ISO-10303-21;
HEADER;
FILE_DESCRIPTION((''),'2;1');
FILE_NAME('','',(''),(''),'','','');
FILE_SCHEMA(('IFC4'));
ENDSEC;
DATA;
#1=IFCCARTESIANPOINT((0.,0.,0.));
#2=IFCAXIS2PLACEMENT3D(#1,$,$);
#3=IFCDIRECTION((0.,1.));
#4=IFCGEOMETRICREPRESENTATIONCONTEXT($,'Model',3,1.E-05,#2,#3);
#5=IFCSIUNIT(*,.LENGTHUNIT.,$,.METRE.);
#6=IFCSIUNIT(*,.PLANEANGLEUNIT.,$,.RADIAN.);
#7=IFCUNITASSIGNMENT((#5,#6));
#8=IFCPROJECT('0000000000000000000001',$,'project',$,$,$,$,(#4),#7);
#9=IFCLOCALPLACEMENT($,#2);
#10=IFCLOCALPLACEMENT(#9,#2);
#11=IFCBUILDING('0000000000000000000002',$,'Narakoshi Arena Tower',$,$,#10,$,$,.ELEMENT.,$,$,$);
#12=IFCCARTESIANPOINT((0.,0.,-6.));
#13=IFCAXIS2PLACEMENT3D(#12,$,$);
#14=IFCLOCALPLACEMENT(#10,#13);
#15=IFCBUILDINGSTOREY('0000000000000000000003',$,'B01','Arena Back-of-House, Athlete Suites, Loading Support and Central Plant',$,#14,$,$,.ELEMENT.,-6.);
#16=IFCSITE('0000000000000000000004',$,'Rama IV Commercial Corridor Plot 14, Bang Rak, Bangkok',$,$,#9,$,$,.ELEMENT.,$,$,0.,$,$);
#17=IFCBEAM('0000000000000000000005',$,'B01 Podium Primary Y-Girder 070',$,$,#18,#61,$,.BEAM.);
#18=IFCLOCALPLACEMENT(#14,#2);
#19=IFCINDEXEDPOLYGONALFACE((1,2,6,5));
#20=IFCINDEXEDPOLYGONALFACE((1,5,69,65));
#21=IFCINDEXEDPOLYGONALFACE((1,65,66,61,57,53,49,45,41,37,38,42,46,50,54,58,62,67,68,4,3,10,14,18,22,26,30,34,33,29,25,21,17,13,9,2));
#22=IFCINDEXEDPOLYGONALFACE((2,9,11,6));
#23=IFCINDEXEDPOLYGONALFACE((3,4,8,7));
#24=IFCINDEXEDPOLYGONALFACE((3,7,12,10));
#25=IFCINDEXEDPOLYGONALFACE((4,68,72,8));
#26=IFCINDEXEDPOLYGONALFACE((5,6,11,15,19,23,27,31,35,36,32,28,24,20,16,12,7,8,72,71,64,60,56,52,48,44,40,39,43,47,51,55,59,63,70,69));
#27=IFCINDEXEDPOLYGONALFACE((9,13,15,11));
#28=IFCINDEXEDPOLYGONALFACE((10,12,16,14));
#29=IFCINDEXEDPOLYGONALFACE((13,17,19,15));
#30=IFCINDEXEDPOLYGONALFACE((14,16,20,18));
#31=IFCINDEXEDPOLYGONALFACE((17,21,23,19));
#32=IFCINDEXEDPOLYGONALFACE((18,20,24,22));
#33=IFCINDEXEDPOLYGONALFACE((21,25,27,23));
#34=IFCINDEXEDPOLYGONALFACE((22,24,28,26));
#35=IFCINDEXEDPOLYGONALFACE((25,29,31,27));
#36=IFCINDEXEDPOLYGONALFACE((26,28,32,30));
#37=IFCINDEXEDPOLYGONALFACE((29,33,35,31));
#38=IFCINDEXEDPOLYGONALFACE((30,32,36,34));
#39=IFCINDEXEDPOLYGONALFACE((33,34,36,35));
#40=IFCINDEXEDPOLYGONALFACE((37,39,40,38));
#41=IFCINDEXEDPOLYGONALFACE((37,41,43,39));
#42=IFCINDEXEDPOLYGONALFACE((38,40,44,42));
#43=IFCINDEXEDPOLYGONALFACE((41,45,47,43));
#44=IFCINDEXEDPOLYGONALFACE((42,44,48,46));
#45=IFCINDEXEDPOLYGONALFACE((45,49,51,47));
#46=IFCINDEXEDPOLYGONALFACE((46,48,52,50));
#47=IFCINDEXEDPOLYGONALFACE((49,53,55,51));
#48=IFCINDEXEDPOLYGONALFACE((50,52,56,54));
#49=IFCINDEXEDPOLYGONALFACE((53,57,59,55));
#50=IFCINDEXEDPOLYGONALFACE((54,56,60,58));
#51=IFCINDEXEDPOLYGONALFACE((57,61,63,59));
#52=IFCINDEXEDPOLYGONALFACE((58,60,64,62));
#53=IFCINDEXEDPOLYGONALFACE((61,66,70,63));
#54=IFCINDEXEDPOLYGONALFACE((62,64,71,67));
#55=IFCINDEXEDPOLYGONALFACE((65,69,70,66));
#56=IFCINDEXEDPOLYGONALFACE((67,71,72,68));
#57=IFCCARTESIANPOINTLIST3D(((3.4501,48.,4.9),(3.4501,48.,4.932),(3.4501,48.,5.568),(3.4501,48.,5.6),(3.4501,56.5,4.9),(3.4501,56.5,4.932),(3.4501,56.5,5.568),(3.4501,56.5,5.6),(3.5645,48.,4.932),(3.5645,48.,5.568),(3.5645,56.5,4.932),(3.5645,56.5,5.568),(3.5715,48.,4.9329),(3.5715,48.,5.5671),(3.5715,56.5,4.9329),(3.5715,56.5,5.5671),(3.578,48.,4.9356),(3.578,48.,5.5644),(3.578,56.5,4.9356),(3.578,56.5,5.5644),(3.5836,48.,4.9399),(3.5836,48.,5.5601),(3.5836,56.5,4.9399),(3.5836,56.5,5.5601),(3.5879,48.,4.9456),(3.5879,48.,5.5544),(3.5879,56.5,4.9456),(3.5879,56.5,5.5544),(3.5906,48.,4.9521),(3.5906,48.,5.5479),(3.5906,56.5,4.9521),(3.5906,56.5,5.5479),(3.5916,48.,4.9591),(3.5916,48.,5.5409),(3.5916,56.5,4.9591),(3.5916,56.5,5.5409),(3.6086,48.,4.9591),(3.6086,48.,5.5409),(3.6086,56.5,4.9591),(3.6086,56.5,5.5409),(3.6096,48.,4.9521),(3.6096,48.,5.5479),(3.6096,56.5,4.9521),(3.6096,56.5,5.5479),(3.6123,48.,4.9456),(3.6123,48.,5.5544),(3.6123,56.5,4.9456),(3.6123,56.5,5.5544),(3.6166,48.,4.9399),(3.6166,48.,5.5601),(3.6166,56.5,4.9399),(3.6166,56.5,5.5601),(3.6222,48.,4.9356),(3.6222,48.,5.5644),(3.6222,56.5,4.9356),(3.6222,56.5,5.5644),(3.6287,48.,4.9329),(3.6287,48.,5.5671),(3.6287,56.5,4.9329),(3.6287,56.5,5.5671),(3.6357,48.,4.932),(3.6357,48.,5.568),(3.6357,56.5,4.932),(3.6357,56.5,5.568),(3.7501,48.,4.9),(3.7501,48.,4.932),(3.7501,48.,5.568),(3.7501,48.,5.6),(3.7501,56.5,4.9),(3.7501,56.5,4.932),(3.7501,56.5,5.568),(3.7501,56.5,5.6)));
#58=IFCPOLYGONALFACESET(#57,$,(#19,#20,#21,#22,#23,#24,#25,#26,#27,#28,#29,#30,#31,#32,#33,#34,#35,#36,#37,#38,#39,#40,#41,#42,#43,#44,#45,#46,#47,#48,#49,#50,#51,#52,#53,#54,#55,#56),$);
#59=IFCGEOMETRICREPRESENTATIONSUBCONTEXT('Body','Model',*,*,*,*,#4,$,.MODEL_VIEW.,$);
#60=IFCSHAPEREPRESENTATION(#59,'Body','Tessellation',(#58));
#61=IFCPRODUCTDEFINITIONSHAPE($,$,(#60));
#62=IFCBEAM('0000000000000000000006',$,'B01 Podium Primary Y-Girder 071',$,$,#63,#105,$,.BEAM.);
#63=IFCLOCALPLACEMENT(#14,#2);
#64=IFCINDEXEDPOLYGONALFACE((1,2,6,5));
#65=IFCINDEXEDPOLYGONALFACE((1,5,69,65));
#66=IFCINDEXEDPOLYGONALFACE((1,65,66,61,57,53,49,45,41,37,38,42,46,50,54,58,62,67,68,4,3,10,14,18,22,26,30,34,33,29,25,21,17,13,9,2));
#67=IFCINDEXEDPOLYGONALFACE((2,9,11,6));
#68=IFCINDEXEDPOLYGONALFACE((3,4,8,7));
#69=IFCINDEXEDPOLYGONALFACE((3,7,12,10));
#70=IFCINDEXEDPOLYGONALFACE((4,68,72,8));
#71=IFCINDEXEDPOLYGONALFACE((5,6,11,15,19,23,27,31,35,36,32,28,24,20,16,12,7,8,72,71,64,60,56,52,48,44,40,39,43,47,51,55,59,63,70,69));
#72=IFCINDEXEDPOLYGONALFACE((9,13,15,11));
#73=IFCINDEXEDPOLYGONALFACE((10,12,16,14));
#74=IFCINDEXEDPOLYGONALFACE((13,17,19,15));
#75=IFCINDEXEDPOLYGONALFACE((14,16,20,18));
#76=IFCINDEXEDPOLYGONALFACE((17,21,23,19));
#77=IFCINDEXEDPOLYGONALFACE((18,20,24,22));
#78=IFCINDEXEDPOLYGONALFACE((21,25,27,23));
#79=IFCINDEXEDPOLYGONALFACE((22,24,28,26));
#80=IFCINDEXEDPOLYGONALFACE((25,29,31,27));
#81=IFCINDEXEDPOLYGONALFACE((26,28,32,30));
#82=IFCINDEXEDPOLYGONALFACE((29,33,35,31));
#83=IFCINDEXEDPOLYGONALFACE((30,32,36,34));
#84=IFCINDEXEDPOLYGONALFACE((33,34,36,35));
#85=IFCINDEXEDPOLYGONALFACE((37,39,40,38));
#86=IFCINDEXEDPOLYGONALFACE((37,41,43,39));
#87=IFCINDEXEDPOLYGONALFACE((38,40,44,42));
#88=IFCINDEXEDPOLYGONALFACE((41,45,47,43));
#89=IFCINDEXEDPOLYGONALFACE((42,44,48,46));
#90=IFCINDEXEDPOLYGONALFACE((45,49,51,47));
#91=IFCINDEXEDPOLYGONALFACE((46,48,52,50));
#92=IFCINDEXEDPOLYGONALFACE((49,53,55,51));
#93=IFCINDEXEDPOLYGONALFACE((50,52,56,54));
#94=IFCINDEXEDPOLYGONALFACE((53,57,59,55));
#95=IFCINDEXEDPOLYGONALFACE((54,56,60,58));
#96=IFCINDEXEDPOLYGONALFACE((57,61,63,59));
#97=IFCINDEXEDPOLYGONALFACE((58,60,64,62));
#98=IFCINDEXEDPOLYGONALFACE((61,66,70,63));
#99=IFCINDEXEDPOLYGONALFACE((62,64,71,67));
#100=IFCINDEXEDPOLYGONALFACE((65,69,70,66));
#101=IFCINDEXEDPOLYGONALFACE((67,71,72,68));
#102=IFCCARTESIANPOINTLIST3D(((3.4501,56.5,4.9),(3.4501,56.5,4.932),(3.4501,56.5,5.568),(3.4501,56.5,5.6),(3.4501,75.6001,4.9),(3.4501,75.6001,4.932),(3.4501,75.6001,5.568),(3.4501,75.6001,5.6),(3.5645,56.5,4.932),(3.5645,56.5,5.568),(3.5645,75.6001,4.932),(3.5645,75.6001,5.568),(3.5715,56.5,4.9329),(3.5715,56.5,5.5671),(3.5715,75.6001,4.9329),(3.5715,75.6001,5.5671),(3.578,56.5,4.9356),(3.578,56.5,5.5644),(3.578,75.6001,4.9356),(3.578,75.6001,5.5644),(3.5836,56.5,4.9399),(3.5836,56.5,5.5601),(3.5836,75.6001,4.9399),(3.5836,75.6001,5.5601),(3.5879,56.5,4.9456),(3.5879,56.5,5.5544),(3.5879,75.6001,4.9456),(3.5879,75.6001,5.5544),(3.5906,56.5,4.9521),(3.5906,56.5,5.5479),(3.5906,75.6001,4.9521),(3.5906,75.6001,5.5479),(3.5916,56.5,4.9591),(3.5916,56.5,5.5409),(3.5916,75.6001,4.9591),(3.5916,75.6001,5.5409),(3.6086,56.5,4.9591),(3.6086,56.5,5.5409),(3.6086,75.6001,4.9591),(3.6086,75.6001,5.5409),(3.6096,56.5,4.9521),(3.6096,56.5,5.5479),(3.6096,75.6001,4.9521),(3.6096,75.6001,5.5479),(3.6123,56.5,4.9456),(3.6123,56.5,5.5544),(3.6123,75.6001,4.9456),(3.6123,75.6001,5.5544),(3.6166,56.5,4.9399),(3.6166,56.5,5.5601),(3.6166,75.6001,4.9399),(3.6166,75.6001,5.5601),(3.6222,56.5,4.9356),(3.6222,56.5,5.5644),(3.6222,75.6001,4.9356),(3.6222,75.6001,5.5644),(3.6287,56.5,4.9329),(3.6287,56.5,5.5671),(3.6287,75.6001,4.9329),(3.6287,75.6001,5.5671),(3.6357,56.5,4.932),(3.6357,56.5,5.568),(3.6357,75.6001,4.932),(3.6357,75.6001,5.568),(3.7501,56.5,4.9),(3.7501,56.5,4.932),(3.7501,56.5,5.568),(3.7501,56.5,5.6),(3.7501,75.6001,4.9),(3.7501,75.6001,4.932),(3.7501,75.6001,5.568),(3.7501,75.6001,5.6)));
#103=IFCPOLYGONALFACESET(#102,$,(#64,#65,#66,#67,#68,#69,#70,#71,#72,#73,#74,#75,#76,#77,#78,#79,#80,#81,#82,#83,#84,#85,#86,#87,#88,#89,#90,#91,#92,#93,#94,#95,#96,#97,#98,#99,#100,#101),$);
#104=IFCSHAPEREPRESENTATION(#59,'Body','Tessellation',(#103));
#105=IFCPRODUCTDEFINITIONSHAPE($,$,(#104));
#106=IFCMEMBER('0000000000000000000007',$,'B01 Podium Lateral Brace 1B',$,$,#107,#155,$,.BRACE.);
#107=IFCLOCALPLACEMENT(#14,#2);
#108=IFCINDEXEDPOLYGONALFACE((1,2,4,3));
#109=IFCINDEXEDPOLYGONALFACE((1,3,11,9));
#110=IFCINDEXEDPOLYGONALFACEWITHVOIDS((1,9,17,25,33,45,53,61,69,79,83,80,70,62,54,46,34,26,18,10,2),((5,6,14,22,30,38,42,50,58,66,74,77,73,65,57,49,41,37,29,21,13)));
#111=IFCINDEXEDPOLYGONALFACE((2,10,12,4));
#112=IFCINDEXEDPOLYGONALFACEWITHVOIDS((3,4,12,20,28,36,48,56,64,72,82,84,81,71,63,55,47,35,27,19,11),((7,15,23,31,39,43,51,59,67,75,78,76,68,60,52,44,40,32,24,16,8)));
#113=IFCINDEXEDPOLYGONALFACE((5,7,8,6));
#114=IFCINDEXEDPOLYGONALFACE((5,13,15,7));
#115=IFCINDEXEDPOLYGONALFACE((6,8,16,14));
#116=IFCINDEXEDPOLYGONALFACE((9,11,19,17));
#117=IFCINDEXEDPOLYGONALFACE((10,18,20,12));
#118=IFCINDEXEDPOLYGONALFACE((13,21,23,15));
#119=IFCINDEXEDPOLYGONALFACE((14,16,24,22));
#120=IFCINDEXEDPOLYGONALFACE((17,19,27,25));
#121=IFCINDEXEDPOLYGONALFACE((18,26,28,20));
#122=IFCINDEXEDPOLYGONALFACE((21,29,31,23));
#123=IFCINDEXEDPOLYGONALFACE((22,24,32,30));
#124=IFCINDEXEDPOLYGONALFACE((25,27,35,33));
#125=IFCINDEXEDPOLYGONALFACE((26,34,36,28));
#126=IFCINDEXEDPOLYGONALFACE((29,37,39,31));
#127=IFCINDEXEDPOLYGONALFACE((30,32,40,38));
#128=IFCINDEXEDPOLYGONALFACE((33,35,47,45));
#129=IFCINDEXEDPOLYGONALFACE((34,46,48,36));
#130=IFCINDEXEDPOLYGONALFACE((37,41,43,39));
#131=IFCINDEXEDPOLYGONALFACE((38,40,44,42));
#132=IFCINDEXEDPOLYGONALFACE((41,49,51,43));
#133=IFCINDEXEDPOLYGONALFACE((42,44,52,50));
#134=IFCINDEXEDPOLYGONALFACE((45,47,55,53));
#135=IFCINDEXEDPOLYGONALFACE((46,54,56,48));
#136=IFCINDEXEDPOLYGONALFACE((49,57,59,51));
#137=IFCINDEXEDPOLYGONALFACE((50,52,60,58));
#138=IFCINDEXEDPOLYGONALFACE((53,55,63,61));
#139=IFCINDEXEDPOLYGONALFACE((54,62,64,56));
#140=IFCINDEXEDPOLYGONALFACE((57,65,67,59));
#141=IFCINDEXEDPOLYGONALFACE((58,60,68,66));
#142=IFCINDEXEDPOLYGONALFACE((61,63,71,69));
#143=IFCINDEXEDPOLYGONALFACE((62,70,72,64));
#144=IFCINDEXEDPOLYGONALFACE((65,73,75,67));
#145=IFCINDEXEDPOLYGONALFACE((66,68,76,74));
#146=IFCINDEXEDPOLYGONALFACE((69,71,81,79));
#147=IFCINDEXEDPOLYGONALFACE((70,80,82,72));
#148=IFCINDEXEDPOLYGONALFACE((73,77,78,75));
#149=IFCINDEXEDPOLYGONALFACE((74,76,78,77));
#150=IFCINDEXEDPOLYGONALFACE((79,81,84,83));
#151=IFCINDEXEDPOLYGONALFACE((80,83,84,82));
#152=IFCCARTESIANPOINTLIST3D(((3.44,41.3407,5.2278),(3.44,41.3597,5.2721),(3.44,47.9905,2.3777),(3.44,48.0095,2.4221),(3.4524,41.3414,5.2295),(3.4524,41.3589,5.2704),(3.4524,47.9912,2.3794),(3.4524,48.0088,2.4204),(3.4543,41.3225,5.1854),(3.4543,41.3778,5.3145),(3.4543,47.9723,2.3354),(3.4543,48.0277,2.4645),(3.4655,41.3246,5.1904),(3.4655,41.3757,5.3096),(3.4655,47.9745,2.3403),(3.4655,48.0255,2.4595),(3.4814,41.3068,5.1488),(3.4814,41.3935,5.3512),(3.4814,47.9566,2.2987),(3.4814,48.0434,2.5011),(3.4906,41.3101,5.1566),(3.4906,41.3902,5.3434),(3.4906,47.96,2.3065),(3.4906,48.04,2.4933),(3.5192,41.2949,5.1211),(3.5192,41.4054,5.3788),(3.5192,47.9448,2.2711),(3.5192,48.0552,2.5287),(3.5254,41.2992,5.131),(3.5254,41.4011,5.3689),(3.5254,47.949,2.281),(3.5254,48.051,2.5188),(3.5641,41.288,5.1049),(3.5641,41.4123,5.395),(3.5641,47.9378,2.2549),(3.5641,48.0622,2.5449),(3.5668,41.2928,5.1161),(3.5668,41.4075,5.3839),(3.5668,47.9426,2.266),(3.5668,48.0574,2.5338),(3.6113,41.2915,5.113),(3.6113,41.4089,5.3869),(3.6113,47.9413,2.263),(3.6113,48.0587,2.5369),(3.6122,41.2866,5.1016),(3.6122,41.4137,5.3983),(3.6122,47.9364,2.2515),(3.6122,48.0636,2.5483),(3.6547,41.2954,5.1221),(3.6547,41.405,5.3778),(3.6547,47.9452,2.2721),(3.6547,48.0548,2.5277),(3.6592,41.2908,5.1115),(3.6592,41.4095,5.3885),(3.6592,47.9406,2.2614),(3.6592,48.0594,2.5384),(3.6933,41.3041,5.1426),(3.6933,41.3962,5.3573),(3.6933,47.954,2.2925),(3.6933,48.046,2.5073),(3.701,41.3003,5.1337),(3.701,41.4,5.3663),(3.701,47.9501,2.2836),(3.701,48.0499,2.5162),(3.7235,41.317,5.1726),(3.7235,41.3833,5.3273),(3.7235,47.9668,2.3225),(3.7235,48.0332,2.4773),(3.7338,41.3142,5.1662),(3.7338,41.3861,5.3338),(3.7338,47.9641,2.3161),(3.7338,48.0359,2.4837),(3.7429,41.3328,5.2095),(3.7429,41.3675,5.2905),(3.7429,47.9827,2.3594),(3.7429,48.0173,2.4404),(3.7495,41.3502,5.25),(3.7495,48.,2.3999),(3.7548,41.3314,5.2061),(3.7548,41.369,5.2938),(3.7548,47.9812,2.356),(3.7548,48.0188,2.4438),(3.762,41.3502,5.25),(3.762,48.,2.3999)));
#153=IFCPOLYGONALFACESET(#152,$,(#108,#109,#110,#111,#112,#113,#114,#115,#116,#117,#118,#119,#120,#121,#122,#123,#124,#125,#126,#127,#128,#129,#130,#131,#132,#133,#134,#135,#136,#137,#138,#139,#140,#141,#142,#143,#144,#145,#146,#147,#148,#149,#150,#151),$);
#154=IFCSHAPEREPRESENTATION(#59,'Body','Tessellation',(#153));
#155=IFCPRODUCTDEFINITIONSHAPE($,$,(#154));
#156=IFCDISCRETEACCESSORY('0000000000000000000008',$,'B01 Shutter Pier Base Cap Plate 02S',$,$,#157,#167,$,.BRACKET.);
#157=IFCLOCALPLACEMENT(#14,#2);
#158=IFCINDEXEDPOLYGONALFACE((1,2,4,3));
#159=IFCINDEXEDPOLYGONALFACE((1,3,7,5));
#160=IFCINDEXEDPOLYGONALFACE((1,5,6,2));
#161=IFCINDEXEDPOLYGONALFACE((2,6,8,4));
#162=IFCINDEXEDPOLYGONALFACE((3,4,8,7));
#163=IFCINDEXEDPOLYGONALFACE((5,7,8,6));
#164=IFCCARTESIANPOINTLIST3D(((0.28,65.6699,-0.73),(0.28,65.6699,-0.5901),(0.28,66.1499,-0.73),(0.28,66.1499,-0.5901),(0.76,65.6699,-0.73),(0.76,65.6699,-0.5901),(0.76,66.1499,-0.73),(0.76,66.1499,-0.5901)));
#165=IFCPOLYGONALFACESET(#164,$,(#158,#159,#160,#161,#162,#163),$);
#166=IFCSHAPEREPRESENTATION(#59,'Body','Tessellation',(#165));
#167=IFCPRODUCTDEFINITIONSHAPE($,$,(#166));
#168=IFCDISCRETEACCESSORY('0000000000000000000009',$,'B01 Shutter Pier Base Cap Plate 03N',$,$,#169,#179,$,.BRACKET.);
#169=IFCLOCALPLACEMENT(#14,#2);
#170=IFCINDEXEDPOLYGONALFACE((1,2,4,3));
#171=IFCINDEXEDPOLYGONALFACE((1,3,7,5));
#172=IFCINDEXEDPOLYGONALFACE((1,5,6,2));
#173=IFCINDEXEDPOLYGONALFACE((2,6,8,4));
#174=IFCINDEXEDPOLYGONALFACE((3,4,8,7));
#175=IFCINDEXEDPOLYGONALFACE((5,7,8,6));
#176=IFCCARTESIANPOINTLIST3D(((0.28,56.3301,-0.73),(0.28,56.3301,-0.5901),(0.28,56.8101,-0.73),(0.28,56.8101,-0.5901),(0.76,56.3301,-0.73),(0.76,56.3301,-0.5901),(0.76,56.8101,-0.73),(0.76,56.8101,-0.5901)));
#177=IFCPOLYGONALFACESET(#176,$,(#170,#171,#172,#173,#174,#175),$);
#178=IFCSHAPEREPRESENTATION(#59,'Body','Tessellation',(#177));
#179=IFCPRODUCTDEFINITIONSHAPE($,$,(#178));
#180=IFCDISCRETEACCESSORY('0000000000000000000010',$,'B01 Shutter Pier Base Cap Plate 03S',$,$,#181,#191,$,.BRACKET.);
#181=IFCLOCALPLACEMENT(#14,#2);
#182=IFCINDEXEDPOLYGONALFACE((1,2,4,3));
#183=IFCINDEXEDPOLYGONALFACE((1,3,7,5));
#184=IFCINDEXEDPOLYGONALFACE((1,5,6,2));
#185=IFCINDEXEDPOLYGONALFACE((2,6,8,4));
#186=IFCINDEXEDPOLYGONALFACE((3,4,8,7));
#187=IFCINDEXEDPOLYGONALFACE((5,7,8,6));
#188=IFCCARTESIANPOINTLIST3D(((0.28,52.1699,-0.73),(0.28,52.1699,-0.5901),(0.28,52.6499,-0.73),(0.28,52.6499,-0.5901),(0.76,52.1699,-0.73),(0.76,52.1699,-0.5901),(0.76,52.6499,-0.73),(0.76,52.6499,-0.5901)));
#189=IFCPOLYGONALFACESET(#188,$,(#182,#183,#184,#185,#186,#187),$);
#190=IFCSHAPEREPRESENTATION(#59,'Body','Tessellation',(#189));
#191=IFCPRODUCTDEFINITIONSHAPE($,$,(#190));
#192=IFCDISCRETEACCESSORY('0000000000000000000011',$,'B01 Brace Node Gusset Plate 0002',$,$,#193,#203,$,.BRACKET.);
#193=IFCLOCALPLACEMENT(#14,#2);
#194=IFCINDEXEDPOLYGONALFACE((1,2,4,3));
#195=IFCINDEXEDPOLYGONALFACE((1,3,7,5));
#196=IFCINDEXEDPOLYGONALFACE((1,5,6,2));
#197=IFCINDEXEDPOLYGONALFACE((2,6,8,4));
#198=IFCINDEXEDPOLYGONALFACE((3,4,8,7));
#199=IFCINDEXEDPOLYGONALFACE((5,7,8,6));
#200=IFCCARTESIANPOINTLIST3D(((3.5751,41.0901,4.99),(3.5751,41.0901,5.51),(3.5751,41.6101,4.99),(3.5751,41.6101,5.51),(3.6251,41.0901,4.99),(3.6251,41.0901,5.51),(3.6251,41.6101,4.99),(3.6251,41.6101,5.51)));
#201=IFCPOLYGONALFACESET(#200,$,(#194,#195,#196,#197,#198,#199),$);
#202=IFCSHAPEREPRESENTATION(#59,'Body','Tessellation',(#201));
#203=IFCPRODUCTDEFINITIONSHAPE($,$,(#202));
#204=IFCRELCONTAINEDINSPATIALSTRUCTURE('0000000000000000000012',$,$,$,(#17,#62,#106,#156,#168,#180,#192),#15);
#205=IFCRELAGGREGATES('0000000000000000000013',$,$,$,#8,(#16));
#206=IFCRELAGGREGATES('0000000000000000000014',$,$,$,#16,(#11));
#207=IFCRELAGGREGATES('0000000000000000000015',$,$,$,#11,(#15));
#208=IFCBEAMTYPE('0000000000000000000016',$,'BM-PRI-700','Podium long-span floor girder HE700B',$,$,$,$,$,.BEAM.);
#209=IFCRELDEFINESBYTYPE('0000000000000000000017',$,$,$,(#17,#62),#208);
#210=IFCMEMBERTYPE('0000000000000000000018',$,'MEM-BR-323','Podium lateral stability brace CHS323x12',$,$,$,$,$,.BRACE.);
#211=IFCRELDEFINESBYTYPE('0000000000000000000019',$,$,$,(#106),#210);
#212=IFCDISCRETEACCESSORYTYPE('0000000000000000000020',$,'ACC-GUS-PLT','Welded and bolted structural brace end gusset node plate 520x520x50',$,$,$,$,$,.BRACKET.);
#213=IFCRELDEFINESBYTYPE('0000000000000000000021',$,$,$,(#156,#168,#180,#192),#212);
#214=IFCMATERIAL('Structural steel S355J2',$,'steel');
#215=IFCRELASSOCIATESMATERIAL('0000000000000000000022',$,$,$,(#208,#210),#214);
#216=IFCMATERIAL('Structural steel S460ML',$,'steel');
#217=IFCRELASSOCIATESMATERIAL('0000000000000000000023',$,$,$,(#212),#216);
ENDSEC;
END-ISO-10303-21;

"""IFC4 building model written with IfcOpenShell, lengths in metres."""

from ifc_helpers import new_model, si_unit, direction, frame, origin, origin_2d, place, context, subcontext, project, spatial, rectangle, hollow_circle, i_section, extrude, material, material_profile, profile_set, type_object, element, save


model = new_model("IFC4")

# Units and contexts
model_context = context("Model", 3, precision=1e-05, world=origin(), true_north=direction((0.0, 1.0)))
body_context = subcontext(model_context, "Body", "Model", "MODEL_VIEW")
ifc_project = project(units=[si_unit("LENGTHUNIT", "METRE"), si_unit("PLANEANGLEUNIT", "RADIAN")], contexts=[model_context])

# Site, building, storey
site_placement = place(None, origin())
site = spatial("IfcSite", under=ifc_project, at=site_placement, Name="Rama IV Commercial Corridor Plot 14, Bang Rak, Bangkok", CompositionType="ELEMENT", RefElevation=0.0)
building_placement = place(site_placement, origin())
building = spatial("IfcBuilding", under=site, at=building_placement, Name="Narakoshi Arena Tower", CompositionType="ELEMENT")
storey_placement = place(building_placement, frame((0.0, 0.0, -6.0)))
storey = spatial("IfcBuildingStorey", under=building, at=storey_placement, Name="B01", Description="Arena Back-of-House, Athlete Suites, Loading Support and Central Plant", CompositionType="ELEMENT", Elevation=-6.0)

# Shared definitions
ifc_material_1 = material(Name="Structural steel S355J2", Category="steel")

# Beams
ifc_material_profile_1 = material_profile(ifc_material_1, i_section(OverallWidth=0.3, OverallDepth=0.7, WebThickness=0.0171, FlangeThickness=0.032, FilletRadius=0.0271, at=origin_2d()), Name="HE700B")
ifc_profile_set_1 = profile_set([ifc_material_profile_1], Name="Structural steel S355J2")
beam_type = type_object("IfcBeamType", Name="BM-PRI-700", Description="Podium long-span floor girder HE700B", PredefinedType="BEAM", material=ifc_profile_set_1)
beam_1_placement = place(storey_placement, frame((3.6001, 48.0, 5.25), z_axis=(0.0, 1.0, 0.0), x_axis=(-1.0, 0.0, 0.0)))
element("IfcBeam", 1, at=beam_1_placement, inside=storey, type_object=beam_type, Name="B01 Podium Primary Y-Girder 070", PredefinedType="BEAM", context=body_context, shape_type="SweptSolid", body=[
    extrude(i_section(OverallWidth=0.3, OverallDepth=0.7, WebThickness=0.0171, FlangeThickness=0.032, FilletRadius=0.0271, at=origin_2d()), origin(), (0.0, 0.0, 1.0), 8.5),
])
beam_2_placement = place(storey_placement, frame((3.6001, 56.5, 5.25), z_axis=(0.0, 1.0, 0.0), x_axis=(-1.0, 0.0, 0.0)))
element("IfcBeam", 2, at=beam_2_placement, inside=storey, type_object=beam_type, Name="B01 Podium Primary Y-Girder 071", PredefinedType="BEAM", context=body_context, shape_type="SweptSolid", body=[
    extrude(i_section(OverallWidth=0.3, OverallDepth=0.7, WebThickness=0.0171, FlangeThickness=0.032, FilletRadius=0.0271, at=origin_2d()), origin(), (0.0, 0.0, 1.0), 19.1001),
])

# Member
ifc_material_profile_2 = material_profile(ifc_material_1, hollow_circle(Radius=0.1619, WallThickness=0.0125, at=origin_2d()), Name="CHS323x12")
ifc_profile_set_2 = profile_set([ifc_material_profile_2], Name="Structural steel S355J2")
member_type = type_object("IfcMemberType", Name="MEM-BR-323", Description="Podium lateral stability brace CHS323x12", PredefinedType="BRACE", material=ifc_profile_set_2)
member_placement = place(storey_placement, frame((3.6001, 48.0, 2.3999), z_axis=(0.0, -0.919138, 0.393936), x_axis=(1.0, 0.0, 0.0)))
element("IfcMember", 3, at=member_placement, inside=storey, type_object=member_type, Name="B01 Podium Lateral Brace 1B", PredefinedType="BRACE", context=body_context, shape_type="SweptSolid", body=[
    extrude(hollow_circle(Radius=0.1619, WallThickness=0.0125, at=origin_2d()), origin(), (0.0, 0.0, 1.0), 7.2349),
])

# Discrete accessories
ifc_material_2 = material(Name="Structural steel S460ML", Category="steel")
discrete_accessory_type = type_object("IfcDiscreteAccessoryType", Name="ACC-GUS-PLT", Description="Welded and bolted structural brace end gusset node plate 520x520x50", PredefinedType="BRACKET", material=ifc_material_2)
for number, where, z_axis, x_axis, name in (
    (4, (0.52, 65.9099, -0.73), (0.0, 0.0, 1.0), (1.0, 0.0, 0.0), "B01 Shutter Pier Base Cap Plate 02S"),
    (5, (0.52, 56.5701, -0.73), (0.0, 0.0, 1.0), (1.0, 0.0, 0.0), "B01 Shutter Pier Base Cap Plate 03N"),
    (6, (0.52, 52.4099, -0.73), (0.0, 0.0, 1.0), (1.0, 0.0, 0.0), "B01 Shutter Pier Base Cap Plate 03S"),
):
    element("IfcDiscreteAccessory", number, at=place(storey_placement, frame(where, z_axis=z_axis, x_axis=x_axis)), inside=storey, type_object=discrete_accessory_type, Name=name, PredefinedType="BRACKET", context=body_context, shape_type="SweptSolid", body=[
        extrude(rectangle(XDim=0.48, YDim=0.48, at=origin_2d()), origin(), (0.0, 0.0, 1.0), 0.1399),
    ])
for number, where, z_axis, x_axis, name in (
    (7, (3.6001, 41.3501, 4.99), (0.0, 0.0, 1.0), (0.0, 1.0, 0.0), "B01 Brace Node Gusset Plate 0002"),
):
    element("IfcDiscreteAccessory", number, at=place(storey_placement, frame(where, z_axis=z_axis, x_axis=x_axis)), inside=storey, type_object=discrete_accessory_type, Name=name, PredefinedType="BRACKET", context=body_context, shape_type="SweptSolid", body=[
        extrude(rectangle(XDim=0.52, YDim=0.05, at=origin_2d()), origin(), (0.0, 0.0, 1.0), 0.52),
    ])

save(model, "model.ifc")
